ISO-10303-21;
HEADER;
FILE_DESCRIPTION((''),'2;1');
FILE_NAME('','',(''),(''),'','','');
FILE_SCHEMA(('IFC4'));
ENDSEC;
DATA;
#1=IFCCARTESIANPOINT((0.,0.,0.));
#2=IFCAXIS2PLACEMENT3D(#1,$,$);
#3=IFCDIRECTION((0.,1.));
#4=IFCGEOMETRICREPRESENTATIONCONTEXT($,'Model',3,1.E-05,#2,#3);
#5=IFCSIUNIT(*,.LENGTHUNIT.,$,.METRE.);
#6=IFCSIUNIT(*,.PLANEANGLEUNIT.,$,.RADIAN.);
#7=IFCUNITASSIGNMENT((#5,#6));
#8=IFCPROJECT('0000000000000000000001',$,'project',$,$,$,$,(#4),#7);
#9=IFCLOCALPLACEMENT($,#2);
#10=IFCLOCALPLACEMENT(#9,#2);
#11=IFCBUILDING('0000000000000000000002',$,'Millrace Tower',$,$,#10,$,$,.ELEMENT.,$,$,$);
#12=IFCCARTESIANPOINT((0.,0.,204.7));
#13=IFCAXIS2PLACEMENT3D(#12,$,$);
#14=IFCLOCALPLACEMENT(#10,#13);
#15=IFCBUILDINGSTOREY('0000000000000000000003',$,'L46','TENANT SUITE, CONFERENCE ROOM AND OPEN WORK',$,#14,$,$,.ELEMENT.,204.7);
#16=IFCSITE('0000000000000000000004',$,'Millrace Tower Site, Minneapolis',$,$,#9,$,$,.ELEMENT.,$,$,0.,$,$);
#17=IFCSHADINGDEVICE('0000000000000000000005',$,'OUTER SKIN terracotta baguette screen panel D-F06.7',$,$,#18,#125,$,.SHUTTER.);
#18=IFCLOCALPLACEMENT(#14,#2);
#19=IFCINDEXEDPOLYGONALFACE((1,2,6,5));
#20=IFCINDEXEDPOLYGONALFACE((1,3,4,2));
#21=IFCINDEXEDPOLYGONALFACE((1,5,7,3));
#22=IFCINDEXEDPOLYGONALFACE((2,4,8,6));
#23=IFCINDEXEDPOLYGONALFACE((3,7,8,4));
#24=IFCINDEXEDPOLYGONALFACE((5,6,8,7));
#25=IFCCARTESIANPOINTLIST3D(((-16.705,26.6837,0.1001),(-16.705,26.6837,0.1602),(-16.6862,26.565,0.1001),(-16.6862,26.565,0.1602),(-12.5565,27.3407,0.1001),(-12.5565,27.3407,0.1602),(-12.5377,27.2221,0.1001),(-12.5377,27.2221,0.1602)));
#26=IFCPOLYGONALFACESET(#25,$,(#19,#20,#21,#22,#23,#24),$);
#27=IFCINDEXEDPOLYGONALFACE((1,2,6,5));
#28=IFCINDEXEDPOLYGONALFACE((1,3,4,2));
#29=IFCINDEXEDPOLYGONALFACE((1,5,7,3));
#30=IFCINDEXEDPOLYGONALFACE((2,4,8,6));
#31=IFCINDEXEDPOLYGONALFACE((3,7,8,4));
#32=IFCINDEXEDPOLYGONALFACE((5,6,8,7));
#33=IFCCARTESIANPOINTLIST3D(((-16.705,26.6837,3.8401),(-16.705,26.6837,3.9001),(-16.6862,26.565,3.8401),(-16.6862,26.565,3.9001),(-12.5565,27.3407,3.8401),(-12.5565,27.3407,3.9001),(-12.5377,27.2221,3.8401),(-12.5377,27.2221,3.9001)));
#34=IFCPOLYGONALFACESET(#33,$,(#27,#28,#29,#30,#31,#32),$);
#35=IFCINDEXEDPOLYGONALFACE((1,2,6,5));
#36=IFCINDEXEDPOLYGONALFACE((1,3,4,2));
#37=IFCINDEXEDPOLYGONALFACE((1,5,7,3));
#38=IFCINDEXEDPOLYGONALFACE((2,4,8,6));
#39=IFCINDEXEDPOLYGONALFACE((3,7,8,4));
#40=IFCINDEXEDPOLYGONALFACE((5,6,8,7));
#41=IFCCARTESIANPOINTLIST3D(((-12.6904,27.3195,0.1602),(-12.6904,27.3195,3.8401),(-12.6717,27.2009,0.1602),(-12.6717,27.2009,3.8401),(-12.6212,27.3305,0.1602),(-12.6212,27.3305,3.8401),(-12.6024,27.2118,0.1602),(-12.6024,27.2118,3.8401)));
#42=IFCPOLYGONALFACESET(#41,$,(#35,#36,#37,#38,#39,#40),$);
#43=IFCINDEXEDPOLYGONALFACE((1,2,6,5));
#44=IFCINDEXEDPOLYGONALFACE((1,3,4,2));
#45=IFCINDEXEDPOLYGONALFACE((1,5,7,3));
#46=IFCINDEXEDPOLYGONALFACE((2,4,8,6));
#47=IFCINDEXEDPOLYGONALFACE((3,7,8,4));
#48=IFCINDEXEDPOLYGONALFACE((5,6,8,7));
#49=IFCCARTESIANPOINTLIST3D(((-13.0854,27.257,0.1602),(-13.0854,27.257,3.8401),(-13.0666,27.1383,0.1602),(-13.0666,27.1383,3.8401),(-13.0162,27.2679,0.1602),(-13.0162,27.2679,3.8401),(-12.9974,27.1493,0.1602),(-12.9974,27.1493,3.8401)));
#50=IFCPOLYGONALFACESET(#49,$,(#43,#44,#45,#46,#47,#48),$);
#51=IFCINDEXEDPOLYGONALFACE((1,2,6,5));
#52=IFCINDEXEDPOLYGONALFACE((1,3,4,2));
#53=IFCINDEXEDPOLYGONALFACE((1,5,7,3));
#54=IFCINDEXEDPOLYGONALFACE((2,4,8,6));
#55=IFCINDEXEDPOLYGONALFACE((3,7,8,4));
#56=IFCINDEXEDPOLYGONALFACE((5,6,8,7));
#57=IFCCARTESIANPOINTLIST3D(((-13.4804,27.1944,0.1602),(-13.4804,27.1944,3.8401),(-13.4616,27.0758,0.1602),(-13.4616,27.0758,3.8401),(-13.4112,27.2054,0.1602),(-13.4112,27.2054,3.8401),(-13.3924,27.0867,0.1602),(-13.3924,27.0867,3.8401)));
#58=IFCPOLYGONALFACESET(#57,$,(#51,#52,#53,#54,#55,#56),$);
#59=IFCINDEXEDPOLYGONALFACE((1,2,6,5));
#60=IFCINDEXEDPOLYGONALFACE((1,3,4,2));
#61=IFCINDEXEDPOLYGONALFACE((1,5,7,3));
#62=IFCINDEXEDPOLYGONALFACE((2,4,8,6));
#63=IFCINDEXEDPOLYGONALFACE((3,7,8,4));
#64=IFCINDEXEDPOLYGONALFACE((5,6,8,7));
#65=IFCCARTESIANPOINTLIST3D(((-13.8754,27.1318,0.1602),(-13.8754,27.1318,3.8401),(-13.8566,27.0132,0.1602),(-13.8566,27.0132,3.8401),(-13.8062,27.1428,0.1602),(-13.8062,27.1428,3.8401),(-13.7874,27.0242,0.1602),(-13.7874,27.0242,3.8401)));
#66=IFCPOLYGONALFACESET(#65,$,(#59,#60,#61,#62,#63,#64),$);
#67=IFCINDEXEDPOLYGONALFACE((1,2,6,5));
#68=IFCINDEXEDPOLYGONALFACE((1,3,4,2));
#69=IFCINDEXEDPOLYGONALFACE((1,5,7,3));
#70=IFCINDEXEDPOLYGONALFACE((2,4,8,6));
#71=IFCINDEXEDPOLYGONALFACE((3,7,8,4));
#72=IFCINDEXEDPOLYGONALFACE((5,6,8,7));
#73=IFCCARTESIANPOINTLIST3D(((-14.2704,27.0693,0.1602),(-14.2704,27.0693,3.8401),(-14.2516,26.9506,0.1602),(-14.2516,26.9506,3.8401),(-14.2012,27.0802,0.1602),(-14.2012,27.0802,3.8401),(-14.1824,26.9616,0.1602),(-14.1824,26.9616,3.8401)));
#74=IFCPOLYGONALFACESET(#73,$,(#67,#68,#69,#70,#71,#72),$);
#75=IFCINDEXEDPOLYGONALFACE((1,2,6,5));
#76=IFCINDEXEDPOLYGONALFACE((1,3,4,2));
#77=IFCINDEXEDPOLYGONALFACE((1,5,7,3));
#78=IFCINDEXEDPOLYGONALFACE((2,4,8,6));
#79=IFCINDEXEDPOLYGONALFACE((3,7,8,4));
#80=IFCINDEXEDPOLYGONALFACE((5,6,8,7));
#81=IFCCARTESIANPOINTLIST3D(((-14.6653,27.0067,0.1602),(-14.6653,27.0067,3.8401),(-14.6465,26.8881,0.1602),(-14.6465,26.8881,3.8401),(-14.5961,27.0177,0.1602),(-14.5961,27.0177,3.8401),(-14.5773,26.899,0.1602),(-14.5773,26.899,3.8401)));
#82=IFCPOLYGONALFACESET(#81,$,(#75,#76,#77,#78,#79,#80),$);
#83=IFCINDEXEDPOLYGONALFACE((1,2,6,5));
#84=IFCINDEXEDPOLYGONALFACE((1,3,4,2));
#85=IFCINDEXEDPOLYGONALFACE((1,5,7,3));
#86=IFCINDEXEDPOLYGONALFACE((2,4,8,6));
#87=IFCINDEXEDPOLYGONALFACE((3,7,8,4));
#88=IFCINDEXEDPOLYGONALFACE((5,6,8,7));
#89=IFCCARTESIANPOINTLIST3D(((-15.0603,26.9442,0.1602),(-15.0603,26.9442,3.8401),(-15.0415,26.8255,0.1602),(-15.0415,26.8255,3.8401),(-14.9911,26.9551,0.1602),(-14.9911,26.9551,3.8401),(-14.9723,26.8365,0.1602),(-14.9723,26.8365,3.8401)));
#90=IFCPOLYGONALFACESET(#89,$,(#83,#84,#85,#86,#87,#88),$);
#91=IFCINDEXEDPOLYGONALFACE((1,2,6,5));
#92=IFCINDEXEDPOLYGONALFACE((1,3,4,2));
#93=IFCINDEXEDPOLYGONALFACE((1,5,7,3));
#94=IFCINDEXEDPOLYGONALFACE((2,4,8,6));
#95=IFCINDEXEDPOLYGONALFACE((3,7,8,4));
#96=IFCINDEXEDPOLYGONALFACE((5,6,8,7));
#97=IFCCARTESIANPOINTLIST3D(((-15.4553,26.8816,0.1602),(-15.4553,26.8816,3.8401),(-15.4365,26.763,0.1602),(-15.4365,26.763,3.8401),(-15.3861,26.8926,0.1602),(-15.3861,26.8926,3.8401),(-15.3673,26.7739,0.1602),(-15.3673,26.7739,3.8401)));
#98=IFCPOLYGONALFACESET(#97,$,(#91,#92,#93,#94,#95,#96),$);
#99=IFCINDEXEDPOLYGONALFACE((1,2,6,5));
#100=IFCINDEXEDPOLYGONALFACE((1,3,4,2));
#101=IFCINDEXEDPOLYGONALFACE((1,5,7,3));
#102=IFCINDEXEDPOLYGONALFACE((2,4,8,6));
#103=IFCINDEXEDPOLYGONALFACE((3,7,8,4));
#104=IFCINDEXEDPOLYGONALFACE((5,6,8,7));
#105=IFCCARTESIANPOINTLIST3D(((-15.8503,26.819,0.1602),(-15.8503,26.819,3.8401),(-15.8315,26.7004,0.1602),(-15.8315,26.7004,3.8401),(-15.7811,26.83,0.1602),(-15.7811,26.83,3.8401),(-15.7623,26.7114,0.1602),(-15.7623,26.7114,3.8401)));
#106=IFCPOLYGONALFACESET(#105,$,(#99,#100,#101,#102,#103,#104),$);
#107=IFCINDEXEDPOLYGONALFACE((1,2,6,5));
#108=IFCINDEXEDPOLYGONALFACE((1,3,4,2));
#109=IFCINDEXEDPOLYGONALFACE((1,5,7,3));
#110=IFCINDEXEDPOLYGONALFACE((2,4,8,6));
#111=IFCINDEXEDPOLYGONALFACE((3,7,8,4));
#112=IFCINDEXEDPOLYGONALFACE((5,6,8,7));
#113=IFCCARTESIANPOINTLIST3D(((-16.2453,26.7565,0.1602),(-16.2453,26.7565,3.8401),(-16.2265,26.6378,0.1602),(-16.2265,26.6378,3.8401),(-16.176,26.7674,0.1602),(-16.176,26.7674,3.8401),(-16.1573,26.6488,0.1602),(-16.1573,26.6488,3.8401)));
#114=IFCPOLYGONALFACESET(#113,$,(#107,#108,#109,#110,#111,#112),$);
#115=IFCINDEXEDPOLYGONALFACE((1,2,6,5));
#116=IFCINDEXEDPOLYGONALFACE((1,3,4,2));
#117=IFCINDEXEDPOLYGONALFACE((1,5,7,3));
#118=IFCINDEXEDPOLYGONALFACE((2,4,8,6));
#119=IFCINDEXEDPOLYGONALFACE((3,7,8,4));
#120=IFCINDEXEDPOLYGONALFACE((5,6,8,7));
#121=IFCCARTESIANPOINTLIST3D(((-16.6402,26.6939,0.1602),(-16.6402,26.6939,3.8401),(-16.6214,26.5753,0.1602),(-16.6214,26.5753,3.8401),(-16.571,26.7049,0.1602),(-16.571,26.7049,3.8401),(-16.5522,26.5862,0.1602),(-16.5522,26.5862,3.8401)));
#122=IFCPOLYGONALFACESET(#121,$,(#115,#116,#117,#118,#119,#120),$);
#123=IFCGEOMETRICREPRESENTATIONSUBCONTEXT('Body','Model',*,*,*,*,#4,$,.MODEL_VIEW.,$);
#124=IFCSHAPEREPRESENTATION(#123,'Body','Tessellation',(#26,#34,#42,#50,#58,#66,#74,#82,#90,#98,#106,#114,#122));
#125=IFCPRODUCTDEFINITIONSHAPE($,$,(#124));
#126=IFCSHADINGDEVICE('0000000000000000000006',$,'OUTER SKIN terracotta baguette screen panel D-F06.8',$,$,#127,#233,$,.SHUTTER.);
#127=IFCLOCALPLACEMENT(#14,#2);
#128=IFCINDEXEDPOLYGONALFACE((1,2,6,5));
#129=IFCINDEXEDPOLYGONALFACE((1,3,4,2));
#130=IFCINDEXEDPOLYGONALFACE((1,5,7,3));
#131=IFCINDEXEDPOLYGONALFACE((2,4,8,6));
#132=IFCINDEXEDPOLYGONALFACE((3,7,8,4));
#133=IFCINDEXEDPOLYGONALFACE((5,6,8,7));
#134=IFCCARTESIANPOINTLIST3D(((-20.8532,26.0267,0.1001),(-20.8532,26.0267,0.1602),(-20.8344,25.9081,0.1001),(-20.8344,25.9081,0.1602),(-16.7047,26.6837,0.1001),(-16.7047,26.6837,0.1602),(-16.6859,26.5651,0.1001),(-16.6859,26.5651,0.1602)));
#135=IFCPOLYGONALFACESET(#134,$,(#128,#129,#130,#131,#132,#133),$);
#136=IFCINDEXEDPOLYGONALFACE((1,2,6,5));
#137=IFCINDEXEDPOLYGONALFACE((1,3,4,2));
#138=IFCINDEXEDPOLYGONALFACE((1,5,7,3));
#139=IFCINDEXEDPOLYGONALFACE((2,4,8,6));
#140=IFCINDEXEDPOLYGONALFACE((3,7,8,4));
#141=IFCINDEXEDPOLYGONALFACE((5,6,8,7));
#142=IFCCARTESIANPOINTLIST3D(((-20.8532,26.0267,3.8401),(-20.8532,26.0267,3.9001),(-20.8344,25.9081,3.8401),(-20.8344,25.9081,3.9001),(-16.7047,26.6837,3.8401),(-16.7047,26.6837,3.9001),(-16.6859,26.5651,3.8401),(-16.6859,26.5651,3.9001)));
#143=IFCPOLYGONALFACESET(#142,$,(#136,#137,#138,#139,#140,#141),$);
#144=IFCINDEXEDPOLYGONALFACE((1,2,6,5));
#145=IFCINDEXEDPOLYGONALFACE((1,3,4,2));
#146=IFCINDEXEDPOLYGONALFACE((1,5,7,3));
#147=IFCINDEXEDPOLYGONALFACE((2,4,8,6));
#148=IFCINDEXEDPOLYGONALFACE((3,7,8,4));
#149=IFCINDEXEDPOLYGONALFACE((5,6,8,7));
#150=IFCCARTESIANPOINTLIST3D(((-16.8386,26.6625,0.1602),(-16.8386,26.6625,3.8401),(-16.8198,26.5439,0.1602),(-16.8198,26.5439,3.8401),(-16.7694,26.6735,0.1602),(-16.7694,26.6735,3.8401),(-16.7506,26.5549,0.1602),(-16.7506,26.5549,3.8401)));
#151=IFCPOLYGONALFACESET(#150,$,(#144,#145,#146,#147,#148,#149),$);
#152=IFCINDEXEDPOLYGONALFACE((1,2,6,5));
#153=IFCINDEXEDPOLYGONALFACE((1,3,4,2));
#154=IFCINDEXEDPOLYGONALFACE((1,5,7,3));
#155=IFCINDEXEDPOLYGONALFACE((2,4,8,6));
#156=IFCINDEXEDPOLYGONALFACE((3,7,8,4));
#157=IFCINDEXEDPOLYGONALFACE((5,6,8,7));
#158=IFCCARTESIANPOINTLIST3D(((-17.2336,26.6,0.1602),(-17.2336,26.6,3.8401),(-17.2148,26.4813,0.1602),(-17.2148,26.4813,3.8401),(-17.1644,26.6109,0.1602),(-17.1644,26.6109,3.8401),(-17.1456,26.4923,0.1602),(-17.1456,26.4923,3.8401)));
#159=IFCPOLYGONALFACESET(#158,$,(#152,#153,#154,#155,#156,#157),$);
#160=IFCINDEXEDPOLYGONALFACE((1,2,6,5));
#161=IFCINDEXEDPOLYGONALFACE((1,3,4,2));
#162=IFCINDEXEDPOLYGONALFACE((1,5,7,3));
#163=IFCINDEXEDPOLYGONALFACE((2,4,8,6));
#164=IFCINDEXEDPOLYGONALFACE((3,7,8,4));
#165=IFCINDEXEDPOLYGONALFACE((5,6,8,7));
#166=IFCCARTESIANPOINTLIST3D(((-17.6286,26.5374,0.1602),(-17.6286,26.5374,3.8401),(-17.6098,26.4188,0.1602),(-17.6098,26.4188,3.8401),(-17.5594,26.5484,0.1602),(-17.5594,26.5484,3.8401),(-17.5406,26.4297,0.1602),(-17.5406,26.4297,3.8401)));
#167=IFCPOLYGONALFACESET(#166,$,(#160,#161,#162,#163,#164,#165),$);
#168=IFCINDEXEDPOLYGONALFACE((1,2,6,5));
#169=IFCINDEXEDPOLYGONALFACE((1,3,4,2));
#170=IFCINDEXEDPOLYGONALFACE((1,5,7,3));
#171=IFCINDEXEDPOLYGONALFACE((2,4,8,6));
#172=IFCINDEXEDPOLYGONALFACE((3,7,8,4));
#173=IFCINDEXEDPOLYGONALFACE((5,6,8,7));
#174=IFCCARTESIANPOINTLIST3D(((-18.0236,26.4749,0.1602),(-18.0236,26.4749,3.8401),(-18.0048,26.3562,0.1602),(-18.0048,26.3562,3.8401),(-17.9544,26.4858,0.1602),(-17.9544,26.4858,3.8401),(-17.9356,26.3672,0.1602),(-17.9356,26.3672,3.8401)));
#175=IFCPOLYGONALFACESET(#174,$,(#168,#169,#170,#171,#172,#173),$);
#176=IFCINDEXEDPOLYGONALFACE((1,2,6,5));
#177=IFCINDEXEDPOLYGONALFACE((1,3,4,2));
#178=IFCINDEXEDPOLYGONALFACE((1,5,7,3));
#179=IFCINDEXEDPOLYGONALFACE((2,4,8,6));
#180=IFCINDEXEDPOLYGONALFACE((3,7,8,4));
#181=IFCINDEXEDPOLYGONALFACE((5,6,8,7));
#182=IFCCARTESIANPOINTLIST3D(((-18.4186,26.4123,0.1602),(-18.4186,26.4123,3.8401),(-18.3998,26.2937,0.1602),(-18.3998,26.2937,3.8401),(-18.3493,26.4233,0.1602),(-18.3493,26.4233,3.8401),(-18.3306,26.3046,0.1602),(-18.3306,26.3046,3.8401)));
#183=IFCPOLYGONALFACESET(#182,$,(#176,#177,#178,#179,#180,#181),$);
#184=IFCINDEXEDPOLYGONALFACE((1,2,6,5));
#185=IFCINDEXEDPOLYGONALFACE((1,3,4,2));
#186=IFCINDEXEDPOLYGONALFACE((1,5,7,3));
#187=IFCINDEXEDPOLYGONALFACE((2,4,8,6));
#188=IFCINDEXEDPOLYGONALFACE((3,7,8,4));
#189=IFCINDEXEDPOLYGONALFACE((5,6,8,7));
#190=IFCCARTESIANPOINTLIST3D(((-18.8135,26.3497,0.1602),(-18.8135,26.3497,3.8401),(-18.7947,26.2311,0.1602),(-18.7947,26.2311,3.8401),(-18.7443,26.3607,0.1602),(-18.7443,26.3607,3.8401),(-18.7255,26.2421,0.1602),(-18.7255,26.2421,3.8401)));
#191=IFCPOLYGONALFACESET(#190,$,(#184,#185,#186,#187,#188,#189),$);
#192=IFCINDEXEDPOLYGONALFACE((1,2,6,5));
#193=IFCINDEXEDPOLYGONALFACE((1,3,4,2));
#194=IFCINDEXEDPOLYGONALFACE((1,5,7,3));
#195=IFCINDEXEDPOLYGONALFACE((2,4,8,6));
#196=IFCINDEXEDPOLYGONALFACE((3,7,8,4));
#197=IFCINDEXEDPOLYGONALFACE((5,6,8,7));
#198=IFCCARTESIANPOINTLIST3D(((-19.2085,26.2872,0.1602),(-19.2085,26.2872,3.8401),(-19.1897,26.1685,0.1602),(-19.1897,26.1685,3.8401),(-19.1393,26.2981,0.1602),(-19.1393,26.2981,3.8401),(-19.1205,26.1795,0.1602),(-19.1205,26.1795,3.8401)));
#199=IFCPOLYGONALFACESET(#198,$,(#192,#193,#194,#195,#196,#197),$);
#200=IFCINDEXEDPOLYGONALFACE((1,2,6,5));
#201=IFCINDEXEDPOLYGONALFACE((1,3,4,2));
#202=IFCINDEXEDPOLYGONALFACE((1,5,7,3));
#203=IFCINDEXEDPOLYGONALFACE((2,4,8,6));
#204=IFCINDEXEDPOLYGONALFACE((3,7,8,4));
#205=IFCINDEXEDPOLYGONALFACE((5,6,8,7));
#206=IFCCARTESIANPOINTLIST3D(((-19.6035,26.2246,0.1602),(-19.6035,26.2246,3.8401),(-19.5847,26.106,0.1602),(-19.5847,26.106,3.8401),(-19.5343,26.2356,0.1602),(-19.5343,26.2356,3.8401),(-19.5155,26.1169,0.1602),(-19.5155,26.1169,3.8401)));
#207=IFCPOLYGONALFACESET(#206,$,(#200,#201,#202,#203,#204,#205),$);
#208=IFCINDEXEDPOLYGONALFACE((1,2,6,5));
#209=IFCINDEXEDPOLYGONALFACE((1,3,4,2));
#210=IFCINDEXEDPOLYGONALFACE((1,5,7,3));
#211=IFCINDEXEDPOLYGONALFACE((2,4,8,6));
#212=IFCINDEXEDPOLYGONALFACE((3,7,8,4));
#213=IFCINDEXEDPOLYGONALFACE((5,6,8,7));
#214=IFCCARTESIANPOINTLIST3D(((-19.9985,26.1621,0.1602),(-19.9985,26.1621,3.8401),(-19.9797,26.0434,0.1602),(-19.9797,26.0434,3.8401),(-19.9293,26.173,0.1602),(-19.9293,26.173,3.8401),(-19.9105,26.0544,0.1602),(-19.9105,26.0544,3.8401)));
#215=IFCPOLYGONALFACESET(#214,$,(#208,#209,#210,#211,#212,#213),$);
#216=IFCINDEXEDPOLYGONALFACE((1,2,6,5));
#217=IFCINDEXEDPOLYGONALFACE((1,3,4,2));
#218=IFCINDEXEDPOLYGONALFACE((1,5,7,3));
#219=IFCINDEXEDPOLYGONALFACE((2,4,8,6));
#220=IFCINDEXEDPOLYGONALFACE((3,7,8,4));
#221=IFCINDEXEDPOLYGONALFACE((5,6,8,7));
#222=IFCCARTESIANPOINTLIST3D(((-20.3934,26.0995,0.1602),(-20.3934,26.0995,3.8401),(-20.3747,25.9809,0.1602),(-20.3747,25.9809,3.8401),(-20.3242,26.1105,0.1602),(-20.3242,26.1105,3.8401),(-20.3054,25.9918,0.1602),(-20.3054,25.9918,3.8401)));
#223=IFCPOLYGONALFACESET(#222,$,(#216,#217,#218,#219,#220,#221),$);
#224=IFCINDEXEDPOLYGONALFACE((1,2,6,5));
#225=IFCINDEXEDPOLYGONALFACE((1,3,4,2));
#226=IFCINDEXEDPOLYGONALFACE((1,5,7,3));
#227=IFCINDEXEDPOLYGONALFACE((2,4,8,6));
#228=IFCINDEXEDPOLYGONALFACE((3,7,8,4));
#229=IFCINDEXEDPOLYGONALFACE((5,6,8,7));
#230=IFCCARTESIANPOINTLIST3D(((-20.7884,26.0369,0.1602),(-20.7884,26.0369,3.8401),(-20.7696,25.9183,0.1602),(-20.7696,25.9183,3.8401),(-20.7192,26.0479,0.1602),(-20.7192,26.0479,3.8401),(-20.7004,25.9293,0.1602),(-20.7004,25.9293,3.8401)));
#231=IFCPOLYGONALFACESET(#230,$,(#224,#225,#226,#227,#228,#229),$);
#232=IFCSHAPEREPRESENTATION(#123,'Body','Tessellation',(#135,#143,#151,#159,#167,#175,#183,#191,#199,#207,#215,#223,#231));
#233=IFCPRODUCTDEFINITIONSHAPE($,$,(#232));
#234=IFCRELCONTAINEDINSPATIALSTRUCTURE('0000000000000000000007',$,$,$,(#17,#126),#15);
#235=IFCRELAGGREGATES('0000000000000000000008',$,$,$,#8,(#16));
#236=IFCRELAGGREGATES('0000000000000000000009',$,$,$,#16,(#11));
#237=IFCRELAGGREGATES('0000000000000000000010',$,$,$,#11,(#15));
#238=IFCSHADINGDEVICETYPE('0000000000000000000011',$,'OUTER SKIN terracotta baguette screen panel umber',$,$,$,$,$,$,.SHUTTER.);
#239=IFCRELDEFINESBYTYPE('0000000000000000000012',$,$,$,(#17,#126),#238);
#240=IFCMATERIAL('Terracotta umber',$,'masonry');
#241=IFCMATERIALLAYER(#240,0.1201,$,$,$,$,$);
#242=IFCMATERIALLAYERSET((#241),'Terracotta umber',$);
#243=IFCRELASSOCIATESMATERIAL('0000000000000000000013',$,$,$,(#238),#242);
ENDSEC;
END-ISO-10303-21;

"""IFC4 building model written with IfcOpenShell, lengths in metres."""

from ifc_helpers import new_model, entity, si_unit, direction, frame, frame_2d, origin, origin_2d, place, context, subcontext, project, spatial, rectangle, extrude, source, transform, mapped, material, layer, layer_set, type_object, element, save


model = new_model("IFC4")

# Units and contexts
model_context = context("Model", 3, precision=1e-05, world=origin(), true_north=direction((0.0, 1.0)))
body_context = subcontext(model_context, "Body", "Model", "MODEL_VIEW")
ifc_project = project(units=[si_unit("LENGTHUNIT", "METRE"), si_unit("PLANEANGLEUNIT", "RADIAN")], contexts=[model_context])

# Site, building, storey
site_placement = place(None, origin())
site = spatial("IfcSite", under=ifc_project, at=site_placement, Name="Millrace Tower Site, Minneapolis", CompositionType="ELEMENT", RefElevation=0.0)
building_placement = place(site_placement, origin())
building = spatial("IfcBuilding", under=site, at=building_placement, Name="Millrace Tower", CompositionType="ELEMENT")
storey_placement = place(building_placement, frame((0.0, 0.0, 204.7)))
storey = spatial("IfcBuildingStorey", under=building, at=storey_placement, Name="L46", Description="TENANT SUITE, CONFERENCE ROOM AND OPEN WORK", CompositionType="ELEMENT", Elevation=204.7)

# Shading devices
ifc_material_1 = material(Name="Terracotta umber", Category="masonry")
ifc_layer_1 = layer(ifc_material_1, 0.1201)
ifc_layer_set_1 = layer_set([ifc_layer_1], Name="Terracotta umber")
shading_device_type = type_object("IfcShadingDeviceType", Name="OUTER SKIN terracotta baguette screen panel umber", PredefinedType="SHUTTER", material=ifc_layer_set_1)
cartesian_point_1 = entity("IfcCartesianPoint", [-2.1001, 0.0601])
shared_polyline_1 = entity("IfcPolyline", [cartesian_point_1, entity("IfcCartesianPoint", [2.1001, 0.0601]), entity("IfcCartesianPoint", [2.1001, -0.0601]), entity("IfcCartesianPoint", [-2.1001, -0.0601]), cartesian_point_1])
shared_shape_1 = source(origin(), body_context, "Body", "SweptSolid", [
    entity("IfcExtrudedAreaSolid", entity("IfcArbitraryClosedProfileDef", "AREA", None, shared_polyline_1), entity("IfcAxis2Placement3D", entity("IfcCartesianPoint", [0.0, 0.0, 0.0])), entity("IfcDirection", [0.0, 0.0, 1.0]), 0.0601),
    entity("IfcExtrudedAreaSolid", entity("IfcArbitraryClosedProfileDef", "AREA", None, shared_polyline_1), entity("IfcAxis2Placement3D", entity("IfcCartesianPoint", [0.0, 0.0, 3.74])), entity("IfcDirection", [0.0, 0.0, 1.0]), 0.0601),
    extrude(rectangle(XDim=0.0701, YDim=0.1201, at=frame_2d((-1.9995, 0.0))), frame((0.0, 0.0, 0.0601)), (0.0, 0.0, 1.0), 3.6799),
    extrude(rectangle(XDim=0.0701, YDim=0.1201, at=frame_2d((-1.5996, 0.0))), frame((0.0, 0.0, 0.0601)), (0.0, 0.0, 1.0), 3.6799),
    extrude(rectangle(XDim=0.0701, YDim=0.1201, at=frame_2d((-1.1997, 0.0))), frame((0.0, 0.0, 0.0601)), (0.0, 0.0, 1.0), 3.6799),
    extrude(rectangle(XDim=0.0701, YDim=0.1201, at=frame_2d((-0.7998, 0.0))), frame((0.0, 0.0, 0.0601)), (0.0, 0.0, 1.0), 3.6799),
    extrude(rectangle(XDim=0.0701, YDim=0.1201, at=frame_2d((-0.3999, 0.0))), frame((0.0, 0.0, 0.0601)), (0.0, 0.0, 1.0), 3.6799),
    extrude(rectangle(XDim=0.0701, YDim=0.1201, at=origin_2d()), frame((0.0, 0.0, 0.0601)), (0.0, 0.0, 1.0), 3.6799),
    extrude(rectangle(XDim=0.0701, YDim=0.1201, at=frame_2d((0.3999, 0.0))), frame((0.0, 0.0, 0.0601)), (0.0, 0.0, 1.0), 3.6799),
    extrude(rectangle(XDim=0.0701, YDim=0.1201, at=frame_2d((0.7998, 0.0))), frame((0.0, 0.0, 0.0601)), (0.0, 0.0, 1.0), 3.6799),
    extrude(rectangle(XDim=0.0701, YDim=0.1201, at=frame_2d((1.1997, 0.0))), frame((0.0, 0.0, 0.0601)), (0.0, 0.0, 1.0), 3.6799),
    extrude(rectangle(XDim=0.0701, YDim=0.1201, at=frame_2d((1.5996, 0.0))), frame((0.0, 0.0, 0.0601)), (0.0, 0.0, 1.0), 3.6799),
    extrude(rectangle(XDim=0.0701, YDim=0.1201, at=frame_2d((1.9995, 0.0))), frame((0.0, 0.0, 0.0601)), (0.0, 0.0, 1.0), 3.6799),
])
for number, where, z_axis, x_axis, name in (
    (1, (-14.6213, 26.9529, 0.1001), (0.0, 0.0, 1.0), (-0.987688, -0.156434, 0.0), "OUTER SKIN terracotta baguette screen panel D-F06.7"),
    (2, (-18.7695, 26.2959, 0.1001), (0.0, 0.0, 1.0), (-0.987688, -0.156434, 0.0), "OUTER SKIN terracotta baguette screen panel D-F06.8"),
):
    element("IfcShadingDevice", number, at=place(storey_placement, frame(where, z_axis=z_axis, x_axis=x_axis)), inside=storey, type_object=shading_device_type, Name=name, PredefinedType="SHUTTER", context=body_context, shape_type="MappedRepresentation", body=[
        mapped(shared_shape_1, transform((0.0, 0.0, 0.0), scale=1.0)),
    ])

save(model, "model.ifc")
